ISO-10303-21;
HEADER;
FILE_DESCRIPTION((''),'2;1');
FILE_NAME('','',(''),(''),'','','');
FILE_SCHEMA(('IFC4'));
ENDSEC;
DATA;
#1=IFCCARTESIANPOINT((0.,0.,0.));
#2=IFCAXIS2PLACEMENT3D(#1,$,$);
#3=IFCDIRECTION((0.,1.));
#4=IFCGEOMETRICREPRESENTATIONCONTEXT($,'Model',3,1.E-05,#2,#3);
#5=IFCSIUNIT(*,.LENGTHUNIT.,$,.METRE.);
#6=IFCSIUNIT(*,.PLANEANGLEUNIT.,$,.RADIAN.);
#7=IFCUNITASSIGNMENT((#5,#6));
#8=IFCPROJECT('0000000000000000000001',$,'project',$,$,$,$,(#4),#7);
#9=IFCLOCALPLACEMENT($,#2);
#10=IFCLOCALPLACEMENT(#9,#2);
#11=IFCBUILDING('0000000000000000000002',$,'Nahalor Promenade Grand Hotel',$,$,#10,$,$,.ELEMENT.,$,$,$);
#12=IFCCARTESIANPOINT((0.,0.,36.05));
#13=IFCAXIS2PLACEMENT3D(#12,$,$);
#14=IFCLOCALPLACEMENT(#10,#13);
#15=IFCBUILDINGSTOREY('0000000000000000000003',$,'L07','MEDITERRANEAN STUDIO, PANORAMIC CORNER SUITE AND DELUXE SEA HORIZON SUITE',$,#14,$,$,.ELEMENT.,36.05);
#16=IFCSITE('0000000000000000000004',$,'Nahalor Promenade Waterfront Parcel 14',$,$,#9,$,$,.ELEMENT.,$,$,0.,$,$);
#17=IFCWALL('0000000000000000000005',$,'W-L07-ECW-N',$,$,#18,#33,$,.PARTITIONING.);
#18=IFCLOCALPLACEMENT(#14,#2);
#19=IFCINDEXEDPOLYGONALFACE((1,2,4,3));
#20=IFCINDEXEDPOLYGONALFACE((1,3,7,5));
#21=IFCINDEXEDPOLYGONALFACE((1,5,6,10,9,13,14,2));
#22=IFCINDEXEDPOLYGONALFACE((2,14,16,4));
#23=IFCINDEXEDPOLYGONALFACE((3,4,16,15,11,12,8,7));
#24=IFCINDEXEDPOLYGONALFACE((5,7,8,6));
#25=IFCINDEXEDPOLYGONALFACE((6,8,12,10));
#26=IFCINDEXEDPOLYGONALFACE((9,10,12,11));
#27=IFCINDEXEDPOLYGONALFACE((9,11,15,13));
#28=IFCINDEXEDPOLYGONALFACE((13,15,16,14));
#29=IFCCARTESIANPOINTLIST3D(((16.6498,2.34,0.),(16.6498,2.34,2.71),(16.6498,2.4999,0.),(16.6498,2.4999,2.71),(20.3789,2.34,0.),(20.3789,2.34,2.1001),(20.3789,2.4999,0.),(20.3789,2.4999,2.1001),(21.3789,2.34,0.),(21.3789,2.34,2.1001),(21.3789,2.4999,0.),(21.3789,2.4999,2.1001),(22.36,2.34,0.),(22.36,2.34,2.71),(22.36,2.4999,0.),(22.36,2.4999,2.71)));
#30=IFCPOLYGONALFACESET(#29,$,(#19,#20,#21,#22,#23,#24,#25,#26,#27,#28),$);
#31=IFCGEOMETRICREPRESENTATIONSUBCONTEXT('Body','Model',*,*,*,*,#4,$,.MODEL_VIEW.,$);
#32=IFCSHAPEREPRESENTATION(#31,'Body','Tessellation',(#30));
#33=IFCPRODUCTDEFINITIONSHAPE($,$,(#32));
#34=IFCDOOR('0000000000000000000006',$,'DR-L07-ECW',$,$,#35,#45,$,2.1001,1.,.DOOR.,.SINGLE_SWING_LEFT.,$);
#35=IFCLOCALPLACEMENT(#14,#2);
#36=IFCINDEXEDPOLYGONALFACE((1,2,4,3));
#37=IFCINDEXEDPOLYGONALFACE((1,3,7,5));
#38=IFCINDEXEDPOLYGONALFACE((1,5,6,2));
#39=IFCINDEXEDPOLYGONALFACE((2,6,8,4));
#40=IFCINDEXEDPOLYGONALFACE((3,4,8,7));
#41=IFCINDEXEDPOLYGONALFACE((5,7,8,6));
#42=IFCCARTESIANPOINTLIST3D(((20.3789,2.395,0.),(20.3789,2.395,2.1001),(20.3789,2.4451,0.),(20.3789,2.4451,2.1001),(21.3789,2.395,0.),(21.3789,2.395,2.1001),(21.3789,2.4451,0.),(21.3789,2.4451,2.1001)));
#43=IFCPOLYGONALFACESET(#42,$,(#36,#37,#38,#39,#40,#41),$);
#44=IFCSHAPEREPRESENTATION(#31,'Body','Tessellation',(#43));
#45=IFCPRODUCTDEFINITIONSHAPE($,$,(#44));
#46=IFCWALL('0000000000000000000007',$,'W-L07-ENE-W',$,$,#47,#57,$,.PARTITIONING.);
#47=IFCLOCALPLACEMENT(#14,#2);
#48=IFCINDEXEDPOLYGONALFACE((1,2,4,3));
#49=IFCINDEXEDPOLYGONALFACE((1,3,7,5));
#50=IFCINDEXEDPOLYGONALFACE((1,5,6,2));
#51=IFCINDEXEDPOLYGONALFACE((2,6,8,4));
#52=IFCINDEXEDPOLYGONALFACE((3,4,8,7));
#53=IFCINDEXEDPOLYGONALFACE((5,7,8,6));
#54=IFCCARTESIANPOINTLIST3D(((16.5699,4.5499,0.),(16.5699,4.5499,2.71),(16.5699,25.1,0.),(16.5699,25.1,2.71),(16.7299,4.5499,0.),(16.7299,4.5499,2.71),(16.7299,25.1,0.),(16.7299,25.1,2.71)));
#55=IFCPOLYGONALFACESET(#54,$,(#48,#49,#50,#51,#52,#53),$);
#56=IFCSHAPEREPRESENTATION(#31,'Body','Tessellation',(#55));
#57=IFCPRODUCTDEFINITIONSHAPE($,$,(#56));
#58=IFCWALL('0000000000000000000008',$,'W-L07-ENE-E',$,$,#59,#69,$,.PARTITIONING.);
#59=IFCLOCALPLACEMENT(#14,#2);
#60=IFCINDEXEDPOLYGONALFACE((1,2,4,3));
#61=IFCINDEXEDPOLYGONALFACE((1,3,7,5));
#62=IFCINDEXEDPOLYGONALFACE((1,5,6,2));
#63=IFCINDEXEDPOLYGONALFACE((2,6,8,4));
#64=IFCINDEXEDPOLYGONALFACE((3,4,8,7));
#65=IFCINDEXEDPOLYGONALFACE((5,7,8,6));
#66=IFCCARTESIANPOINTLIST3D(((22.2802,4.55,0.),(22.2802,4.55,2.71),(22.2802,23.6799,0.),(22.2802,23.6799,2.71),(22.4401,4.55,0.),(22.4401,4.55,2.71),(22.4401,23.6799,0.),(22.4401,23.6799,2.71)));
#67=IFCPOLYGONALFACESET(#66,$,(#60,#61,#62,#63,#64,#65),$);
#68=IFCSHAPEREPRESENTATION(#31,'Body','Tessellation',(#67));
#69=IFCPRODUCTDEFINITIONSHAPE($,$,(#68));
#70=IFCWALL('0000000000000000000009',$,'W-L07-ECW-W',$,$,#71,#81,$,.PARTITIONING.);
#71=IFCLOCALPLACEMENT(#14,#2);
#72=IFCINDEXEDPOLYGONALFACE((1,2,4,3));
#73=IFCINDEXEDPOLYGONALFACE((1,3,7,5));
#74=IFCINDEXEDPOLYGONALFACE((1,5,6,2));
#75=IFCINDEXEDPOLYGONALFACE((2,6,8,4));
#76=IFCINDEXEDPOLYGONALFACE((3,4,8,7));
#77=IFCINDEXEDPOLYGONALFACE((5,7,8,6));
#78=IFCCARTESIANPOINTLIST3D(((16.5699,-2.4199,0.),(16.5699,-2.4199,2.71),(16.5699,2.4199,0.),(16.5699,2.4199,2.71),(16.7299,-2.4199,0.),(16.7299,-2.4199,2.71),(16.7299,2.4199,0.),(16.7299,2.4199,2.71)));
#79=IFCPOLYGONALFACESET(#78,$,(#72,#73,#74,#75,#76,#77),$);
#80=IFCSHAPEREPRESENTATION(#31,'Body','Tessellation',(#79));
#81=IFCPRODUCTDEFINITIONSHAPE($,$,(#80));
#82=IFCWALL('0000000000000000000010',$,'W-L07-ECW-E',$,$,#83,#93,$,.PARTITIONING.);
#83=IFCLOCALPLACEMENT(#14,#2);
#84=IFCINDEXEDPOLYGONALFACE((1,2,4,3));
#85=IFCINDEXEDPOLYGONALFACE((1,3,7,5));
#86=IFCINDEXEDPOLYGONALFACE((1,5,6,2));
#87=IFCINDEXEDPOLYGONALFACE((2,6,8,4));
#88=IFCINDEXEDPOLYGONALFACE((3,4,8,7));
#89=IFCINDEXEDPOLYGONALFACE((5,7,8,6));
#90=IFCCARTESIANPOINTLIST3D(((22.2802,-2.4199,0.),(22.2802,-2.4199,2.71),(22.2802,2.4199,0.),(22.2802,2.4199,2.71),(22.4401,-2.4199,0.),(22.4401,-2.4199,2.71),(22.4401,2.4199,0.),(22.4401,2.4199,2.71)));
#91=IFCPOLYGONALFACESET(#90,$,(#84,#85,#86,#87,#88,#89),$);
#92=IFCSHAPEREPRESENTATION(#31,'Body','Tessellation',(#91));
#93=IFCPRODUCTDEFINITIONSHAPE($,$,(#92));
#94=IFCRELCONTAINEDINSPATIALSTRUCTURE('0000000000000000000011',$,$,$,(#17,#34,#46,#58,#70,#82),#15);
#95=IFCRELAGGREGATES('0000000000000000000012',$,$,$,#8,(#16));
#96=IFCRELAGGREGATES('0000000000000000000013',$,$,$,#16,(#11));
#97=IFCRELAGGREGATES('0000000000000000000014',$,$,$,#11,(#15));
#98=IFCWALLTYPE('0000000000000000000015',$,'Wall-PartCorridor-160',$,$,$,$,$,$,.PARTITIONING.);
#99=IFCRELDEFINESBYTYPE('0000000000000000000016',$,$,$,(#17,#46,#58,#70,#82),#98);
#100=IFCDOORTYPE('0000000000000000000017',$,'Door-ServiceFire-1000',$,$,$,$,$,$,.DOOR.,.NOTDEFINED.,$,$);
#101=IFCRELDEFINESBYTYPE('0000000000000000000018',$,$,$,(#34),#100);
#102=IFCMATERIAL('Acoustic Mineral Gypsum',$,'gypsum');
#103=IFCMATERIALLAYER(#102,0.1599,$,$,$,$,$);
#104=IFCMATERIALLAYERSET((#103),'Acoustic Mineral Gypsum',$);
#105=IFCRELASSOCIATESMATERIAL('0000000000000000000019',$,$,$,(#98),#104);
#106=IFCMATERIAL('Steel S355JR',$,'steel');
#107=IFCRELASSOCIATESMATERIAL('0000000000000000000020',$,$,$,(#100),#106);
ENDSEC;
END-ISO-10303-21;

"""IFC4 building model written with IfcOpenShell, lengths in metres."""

from ifc_helpers import new_model, si_unit, direction, frame, frame_2d, origin, place, context, subcontext, project, spatial, rectangle, extrude, source, transform, mapped, material, layer, layer_set, type_object, element, fill, save


model = new_model("IFC4")

# Units and contexts
model_context = context("Model", 3, precision=1e-05, world=origin(), true_north=direction((0.0, 1.0)))
body_context = subcontext(model_context, "Body", "Model", "MODEL_VIEW")
ifc_project = project(units=[si_unit("LENGTHUNIT", "METRE"), si_unit("PLANEANGLEUNIT", "RADIAN")], contexts=[model_context])

# Site, building, storey
site_placement = place(None, origin())
site = spatial("IfcSite", under=ifc_project, at=site_placement, Name="Nahalor Promenade Waterfront Parcel 14", CompositionType="ELEMENT", RefElevation=0.0)
building_placement = place(site_placement, origin())
building = spatial("IfcBuilding", under=site, at=building_placement, Name="Nahalor Promenade Grand Hotel", CompositionType="ELEMENT")
storey_placement = place(building_placement, frame((0.0, 0.0, 36.05)))
storey = spatial("IfcBuildingStorey", under=building, at=storey_placement, Name="L07", Description="MEDITERRANEAN STUDIO, PANORAMIC CORNER SUITE AND DELUXE SEA HORIZON SUITE", CompositionType="ELEMENT", Elevation=36.05)

# Shared definitions
ifc_material_1 = material(Name="Steel S355JR", Category="steel")

# Shared definitions
ifc_material_2 = material(Name="Acoustic Mineral Gypsum", Category="gypsum")
ifc_layer_1 = layer(ifc_material_2, 0.1599)
ifc_layer_set_1 = layer_set([ifc_layer_1], Name="Acoustic Mineral Gypsum")
wall_type_1 = type_object("IfcWallType", Name="Wall-PartCorridor-160", PredefinedType="PARTITIONING", material=ifc_layer_set_1)
shared_shape_1 = source(origin(), body_context, "Body", "SweptSolid", [
    extrude(rectangle(XDim=5.7102, YDim=0.1599, at=frame_2d((2.855, 0.0))), origin(), (0.0, 0.0, 1.0), 2.71),
])

# Wall, opening, door
wall_1_placement = place(storey_placement, frame((16.6499, 2.4199, 0.0), z_axis=(0.0, 0.0, 1.0), x_axis=(1.0, 0.0, 0.0)))
wall_1 = element("IfcWall", 1, at=wall_1_placement, inside=storey, type_object=wall_type_1, Name="W-L07-ECW-N", PredefinedType="PARTITIONING", context=body_context, shape_type="MappedRepresentation", body=[
    mapped(shared_shape_1, transform((0.0, 0.0, 0.0), scale=1.0)),
])
opening_1_placement = place(wall_1_placement, frame((3.729, 0.0, 0.0)))
opening_1 = element("IfcOpeningElement", 2, at=opening_1_placement, cuts=wall_1, PredefinedType="OPENING", context=body_context, shape_type="SweptSolid", body=[
    extrude(rectangle(XDim=1.0, YDim=2.1001, at=frame_2d((0.5, 1.05))), frame((0.0, 0.0898, 0.0), z_axis=(0.0, -1.0, 0.0), x_axis=(1.0, 0.0, 0.0)), (0.0, 0.0, 1.0), 0.1799),
])
door_type_1 = type_object("IfcDoorType", Name="Door-ServiceFire-1000", OperationType="NOTDEFINED", PredefinedType="DOOR", material=ifc_material_1)
shared_shape_2 = source(origin(), body_context, "Body", "SweptSolid", [
    extrude(rectangle(XDim=1.0, YDim=2.1001, at=frame_2d((0.5, 1.05))), frame((0.0, 0.0249, 0.0), z_axis=(0.0, -1.0, 0.0), x_axis=(1.0, 0.0, 0.0)), (0.0, 0.0, 1.0), 0.05),
])
door_1_placement = place(opening_1_placement, frame((1.0, 0.0, 0.0), z_axis=(0.0, 0.0, 1.0), x_axis=(-1.0, 0.0, 0.0)))
door_1 = element("IfcDoor", 3, at=door_1_placement, inside=storey, type_object=door_type_1, Name="DR-L07-ECW", OperationType="SINGLE_SWING_LEFT", OverallHeight=2.1001, OverallWidth=1.0, PredefinedType="DOOR", context=body_context, shape_type="MappedRepresentation", body=[
    mapped(shared_shape_2, transform((0.0, 0.0, 0.0), scale=1.0)),
])
fill(opening_1, door_1)

# Walls
shared_shape_3 = source(origin(), body_context, "Body", "SweptSolid", [
    extrude(rectangle(XDim=20.55, YDim=0.1599, at=frame_2d((10.2749, 0.0))), origin(), (0.0, 0.0, 1.0), 2.71),
])
wall_2_placement = place(storey_placement, frame((16.6499, 4.55, 0.0), z_axis=(0.0, 0.0, 1.0), x_axis=(0.0, 1.0, 0.0)))
element("IfcWall", 4, at=wall_2_placement, inside=storey, type_object=wall_type_1, Name="W-L07-ENE-W", PredefinedType="PARTITIONING", context=body_context, shape_type="MappedRepresentation", body=[
    mapped(shared_shape_3, transform((0.0, 0.0, 0.0), scale=1.0)),
])
shared_shape_4 = source(origin(), body_context, "Body", "SweptSolid", [
    extrude(rectangle(XDim=19.1299, YDim=0.1599, at=frame_2d((9.5649, 0.0))), origin(), (0.0, 0.0, 1.0), 2.71),
])
wall_3_placement = place(storey_placement, frame((22.3601, 4.55, 0.0), z_axis=(0.0, 0.0, 1.0), x_axis=(0.0, 1.0, 0.0)))
element("IfcWall", 5, at=wall_3_placement, inside=storey, type_object=wall_type_1, Name="W-L07-ENE-E", PredefinedType="PARTITIONING", context=body_context, shape_type="MappedRepresentation", body=[
    mapped(shared_shape_4, transform((0.0, 0.0, 0.0), scale=1.0)),
])
shared_shape_5 = source(origin(), body_context, "Body", "SweptSolid", [
    extrude(rectangle(XDim=4.8398, YDim=0.1599, at=frame_2d((2.4199, 0.0))), origin(), (0.0, 0.0, 1.0), 2.71),
])
for number, where, z_axis, x_axis, name in (
    (6, (16.6499, -2.4199, 0.0), (0.0, 0.0, 1.0), (0.0, 1.0, 0.0), "W-L07-ECW-W"),
    (7, (22.3601, -2.4199, 0.0), (0.0, 0.0, 1.0), (0.0, 1.0, 0.0), "W-L07-ECW-E"),
):
    element("IfcWall", number, at=place(storey_placement, frame(where, z_axis=z_axis, x_axis=x_axis)), inside=storey, type_object=wall_type_1, Name=name, PredefinedType="PARTITIONING", context=body_context, shape_type="MappedRepresentation", body=[
        mapped(shared_shape_5, transform((0.0, 0.0, 0.0), scale=1.0)),
    ])

save(model, "model.ifc")
